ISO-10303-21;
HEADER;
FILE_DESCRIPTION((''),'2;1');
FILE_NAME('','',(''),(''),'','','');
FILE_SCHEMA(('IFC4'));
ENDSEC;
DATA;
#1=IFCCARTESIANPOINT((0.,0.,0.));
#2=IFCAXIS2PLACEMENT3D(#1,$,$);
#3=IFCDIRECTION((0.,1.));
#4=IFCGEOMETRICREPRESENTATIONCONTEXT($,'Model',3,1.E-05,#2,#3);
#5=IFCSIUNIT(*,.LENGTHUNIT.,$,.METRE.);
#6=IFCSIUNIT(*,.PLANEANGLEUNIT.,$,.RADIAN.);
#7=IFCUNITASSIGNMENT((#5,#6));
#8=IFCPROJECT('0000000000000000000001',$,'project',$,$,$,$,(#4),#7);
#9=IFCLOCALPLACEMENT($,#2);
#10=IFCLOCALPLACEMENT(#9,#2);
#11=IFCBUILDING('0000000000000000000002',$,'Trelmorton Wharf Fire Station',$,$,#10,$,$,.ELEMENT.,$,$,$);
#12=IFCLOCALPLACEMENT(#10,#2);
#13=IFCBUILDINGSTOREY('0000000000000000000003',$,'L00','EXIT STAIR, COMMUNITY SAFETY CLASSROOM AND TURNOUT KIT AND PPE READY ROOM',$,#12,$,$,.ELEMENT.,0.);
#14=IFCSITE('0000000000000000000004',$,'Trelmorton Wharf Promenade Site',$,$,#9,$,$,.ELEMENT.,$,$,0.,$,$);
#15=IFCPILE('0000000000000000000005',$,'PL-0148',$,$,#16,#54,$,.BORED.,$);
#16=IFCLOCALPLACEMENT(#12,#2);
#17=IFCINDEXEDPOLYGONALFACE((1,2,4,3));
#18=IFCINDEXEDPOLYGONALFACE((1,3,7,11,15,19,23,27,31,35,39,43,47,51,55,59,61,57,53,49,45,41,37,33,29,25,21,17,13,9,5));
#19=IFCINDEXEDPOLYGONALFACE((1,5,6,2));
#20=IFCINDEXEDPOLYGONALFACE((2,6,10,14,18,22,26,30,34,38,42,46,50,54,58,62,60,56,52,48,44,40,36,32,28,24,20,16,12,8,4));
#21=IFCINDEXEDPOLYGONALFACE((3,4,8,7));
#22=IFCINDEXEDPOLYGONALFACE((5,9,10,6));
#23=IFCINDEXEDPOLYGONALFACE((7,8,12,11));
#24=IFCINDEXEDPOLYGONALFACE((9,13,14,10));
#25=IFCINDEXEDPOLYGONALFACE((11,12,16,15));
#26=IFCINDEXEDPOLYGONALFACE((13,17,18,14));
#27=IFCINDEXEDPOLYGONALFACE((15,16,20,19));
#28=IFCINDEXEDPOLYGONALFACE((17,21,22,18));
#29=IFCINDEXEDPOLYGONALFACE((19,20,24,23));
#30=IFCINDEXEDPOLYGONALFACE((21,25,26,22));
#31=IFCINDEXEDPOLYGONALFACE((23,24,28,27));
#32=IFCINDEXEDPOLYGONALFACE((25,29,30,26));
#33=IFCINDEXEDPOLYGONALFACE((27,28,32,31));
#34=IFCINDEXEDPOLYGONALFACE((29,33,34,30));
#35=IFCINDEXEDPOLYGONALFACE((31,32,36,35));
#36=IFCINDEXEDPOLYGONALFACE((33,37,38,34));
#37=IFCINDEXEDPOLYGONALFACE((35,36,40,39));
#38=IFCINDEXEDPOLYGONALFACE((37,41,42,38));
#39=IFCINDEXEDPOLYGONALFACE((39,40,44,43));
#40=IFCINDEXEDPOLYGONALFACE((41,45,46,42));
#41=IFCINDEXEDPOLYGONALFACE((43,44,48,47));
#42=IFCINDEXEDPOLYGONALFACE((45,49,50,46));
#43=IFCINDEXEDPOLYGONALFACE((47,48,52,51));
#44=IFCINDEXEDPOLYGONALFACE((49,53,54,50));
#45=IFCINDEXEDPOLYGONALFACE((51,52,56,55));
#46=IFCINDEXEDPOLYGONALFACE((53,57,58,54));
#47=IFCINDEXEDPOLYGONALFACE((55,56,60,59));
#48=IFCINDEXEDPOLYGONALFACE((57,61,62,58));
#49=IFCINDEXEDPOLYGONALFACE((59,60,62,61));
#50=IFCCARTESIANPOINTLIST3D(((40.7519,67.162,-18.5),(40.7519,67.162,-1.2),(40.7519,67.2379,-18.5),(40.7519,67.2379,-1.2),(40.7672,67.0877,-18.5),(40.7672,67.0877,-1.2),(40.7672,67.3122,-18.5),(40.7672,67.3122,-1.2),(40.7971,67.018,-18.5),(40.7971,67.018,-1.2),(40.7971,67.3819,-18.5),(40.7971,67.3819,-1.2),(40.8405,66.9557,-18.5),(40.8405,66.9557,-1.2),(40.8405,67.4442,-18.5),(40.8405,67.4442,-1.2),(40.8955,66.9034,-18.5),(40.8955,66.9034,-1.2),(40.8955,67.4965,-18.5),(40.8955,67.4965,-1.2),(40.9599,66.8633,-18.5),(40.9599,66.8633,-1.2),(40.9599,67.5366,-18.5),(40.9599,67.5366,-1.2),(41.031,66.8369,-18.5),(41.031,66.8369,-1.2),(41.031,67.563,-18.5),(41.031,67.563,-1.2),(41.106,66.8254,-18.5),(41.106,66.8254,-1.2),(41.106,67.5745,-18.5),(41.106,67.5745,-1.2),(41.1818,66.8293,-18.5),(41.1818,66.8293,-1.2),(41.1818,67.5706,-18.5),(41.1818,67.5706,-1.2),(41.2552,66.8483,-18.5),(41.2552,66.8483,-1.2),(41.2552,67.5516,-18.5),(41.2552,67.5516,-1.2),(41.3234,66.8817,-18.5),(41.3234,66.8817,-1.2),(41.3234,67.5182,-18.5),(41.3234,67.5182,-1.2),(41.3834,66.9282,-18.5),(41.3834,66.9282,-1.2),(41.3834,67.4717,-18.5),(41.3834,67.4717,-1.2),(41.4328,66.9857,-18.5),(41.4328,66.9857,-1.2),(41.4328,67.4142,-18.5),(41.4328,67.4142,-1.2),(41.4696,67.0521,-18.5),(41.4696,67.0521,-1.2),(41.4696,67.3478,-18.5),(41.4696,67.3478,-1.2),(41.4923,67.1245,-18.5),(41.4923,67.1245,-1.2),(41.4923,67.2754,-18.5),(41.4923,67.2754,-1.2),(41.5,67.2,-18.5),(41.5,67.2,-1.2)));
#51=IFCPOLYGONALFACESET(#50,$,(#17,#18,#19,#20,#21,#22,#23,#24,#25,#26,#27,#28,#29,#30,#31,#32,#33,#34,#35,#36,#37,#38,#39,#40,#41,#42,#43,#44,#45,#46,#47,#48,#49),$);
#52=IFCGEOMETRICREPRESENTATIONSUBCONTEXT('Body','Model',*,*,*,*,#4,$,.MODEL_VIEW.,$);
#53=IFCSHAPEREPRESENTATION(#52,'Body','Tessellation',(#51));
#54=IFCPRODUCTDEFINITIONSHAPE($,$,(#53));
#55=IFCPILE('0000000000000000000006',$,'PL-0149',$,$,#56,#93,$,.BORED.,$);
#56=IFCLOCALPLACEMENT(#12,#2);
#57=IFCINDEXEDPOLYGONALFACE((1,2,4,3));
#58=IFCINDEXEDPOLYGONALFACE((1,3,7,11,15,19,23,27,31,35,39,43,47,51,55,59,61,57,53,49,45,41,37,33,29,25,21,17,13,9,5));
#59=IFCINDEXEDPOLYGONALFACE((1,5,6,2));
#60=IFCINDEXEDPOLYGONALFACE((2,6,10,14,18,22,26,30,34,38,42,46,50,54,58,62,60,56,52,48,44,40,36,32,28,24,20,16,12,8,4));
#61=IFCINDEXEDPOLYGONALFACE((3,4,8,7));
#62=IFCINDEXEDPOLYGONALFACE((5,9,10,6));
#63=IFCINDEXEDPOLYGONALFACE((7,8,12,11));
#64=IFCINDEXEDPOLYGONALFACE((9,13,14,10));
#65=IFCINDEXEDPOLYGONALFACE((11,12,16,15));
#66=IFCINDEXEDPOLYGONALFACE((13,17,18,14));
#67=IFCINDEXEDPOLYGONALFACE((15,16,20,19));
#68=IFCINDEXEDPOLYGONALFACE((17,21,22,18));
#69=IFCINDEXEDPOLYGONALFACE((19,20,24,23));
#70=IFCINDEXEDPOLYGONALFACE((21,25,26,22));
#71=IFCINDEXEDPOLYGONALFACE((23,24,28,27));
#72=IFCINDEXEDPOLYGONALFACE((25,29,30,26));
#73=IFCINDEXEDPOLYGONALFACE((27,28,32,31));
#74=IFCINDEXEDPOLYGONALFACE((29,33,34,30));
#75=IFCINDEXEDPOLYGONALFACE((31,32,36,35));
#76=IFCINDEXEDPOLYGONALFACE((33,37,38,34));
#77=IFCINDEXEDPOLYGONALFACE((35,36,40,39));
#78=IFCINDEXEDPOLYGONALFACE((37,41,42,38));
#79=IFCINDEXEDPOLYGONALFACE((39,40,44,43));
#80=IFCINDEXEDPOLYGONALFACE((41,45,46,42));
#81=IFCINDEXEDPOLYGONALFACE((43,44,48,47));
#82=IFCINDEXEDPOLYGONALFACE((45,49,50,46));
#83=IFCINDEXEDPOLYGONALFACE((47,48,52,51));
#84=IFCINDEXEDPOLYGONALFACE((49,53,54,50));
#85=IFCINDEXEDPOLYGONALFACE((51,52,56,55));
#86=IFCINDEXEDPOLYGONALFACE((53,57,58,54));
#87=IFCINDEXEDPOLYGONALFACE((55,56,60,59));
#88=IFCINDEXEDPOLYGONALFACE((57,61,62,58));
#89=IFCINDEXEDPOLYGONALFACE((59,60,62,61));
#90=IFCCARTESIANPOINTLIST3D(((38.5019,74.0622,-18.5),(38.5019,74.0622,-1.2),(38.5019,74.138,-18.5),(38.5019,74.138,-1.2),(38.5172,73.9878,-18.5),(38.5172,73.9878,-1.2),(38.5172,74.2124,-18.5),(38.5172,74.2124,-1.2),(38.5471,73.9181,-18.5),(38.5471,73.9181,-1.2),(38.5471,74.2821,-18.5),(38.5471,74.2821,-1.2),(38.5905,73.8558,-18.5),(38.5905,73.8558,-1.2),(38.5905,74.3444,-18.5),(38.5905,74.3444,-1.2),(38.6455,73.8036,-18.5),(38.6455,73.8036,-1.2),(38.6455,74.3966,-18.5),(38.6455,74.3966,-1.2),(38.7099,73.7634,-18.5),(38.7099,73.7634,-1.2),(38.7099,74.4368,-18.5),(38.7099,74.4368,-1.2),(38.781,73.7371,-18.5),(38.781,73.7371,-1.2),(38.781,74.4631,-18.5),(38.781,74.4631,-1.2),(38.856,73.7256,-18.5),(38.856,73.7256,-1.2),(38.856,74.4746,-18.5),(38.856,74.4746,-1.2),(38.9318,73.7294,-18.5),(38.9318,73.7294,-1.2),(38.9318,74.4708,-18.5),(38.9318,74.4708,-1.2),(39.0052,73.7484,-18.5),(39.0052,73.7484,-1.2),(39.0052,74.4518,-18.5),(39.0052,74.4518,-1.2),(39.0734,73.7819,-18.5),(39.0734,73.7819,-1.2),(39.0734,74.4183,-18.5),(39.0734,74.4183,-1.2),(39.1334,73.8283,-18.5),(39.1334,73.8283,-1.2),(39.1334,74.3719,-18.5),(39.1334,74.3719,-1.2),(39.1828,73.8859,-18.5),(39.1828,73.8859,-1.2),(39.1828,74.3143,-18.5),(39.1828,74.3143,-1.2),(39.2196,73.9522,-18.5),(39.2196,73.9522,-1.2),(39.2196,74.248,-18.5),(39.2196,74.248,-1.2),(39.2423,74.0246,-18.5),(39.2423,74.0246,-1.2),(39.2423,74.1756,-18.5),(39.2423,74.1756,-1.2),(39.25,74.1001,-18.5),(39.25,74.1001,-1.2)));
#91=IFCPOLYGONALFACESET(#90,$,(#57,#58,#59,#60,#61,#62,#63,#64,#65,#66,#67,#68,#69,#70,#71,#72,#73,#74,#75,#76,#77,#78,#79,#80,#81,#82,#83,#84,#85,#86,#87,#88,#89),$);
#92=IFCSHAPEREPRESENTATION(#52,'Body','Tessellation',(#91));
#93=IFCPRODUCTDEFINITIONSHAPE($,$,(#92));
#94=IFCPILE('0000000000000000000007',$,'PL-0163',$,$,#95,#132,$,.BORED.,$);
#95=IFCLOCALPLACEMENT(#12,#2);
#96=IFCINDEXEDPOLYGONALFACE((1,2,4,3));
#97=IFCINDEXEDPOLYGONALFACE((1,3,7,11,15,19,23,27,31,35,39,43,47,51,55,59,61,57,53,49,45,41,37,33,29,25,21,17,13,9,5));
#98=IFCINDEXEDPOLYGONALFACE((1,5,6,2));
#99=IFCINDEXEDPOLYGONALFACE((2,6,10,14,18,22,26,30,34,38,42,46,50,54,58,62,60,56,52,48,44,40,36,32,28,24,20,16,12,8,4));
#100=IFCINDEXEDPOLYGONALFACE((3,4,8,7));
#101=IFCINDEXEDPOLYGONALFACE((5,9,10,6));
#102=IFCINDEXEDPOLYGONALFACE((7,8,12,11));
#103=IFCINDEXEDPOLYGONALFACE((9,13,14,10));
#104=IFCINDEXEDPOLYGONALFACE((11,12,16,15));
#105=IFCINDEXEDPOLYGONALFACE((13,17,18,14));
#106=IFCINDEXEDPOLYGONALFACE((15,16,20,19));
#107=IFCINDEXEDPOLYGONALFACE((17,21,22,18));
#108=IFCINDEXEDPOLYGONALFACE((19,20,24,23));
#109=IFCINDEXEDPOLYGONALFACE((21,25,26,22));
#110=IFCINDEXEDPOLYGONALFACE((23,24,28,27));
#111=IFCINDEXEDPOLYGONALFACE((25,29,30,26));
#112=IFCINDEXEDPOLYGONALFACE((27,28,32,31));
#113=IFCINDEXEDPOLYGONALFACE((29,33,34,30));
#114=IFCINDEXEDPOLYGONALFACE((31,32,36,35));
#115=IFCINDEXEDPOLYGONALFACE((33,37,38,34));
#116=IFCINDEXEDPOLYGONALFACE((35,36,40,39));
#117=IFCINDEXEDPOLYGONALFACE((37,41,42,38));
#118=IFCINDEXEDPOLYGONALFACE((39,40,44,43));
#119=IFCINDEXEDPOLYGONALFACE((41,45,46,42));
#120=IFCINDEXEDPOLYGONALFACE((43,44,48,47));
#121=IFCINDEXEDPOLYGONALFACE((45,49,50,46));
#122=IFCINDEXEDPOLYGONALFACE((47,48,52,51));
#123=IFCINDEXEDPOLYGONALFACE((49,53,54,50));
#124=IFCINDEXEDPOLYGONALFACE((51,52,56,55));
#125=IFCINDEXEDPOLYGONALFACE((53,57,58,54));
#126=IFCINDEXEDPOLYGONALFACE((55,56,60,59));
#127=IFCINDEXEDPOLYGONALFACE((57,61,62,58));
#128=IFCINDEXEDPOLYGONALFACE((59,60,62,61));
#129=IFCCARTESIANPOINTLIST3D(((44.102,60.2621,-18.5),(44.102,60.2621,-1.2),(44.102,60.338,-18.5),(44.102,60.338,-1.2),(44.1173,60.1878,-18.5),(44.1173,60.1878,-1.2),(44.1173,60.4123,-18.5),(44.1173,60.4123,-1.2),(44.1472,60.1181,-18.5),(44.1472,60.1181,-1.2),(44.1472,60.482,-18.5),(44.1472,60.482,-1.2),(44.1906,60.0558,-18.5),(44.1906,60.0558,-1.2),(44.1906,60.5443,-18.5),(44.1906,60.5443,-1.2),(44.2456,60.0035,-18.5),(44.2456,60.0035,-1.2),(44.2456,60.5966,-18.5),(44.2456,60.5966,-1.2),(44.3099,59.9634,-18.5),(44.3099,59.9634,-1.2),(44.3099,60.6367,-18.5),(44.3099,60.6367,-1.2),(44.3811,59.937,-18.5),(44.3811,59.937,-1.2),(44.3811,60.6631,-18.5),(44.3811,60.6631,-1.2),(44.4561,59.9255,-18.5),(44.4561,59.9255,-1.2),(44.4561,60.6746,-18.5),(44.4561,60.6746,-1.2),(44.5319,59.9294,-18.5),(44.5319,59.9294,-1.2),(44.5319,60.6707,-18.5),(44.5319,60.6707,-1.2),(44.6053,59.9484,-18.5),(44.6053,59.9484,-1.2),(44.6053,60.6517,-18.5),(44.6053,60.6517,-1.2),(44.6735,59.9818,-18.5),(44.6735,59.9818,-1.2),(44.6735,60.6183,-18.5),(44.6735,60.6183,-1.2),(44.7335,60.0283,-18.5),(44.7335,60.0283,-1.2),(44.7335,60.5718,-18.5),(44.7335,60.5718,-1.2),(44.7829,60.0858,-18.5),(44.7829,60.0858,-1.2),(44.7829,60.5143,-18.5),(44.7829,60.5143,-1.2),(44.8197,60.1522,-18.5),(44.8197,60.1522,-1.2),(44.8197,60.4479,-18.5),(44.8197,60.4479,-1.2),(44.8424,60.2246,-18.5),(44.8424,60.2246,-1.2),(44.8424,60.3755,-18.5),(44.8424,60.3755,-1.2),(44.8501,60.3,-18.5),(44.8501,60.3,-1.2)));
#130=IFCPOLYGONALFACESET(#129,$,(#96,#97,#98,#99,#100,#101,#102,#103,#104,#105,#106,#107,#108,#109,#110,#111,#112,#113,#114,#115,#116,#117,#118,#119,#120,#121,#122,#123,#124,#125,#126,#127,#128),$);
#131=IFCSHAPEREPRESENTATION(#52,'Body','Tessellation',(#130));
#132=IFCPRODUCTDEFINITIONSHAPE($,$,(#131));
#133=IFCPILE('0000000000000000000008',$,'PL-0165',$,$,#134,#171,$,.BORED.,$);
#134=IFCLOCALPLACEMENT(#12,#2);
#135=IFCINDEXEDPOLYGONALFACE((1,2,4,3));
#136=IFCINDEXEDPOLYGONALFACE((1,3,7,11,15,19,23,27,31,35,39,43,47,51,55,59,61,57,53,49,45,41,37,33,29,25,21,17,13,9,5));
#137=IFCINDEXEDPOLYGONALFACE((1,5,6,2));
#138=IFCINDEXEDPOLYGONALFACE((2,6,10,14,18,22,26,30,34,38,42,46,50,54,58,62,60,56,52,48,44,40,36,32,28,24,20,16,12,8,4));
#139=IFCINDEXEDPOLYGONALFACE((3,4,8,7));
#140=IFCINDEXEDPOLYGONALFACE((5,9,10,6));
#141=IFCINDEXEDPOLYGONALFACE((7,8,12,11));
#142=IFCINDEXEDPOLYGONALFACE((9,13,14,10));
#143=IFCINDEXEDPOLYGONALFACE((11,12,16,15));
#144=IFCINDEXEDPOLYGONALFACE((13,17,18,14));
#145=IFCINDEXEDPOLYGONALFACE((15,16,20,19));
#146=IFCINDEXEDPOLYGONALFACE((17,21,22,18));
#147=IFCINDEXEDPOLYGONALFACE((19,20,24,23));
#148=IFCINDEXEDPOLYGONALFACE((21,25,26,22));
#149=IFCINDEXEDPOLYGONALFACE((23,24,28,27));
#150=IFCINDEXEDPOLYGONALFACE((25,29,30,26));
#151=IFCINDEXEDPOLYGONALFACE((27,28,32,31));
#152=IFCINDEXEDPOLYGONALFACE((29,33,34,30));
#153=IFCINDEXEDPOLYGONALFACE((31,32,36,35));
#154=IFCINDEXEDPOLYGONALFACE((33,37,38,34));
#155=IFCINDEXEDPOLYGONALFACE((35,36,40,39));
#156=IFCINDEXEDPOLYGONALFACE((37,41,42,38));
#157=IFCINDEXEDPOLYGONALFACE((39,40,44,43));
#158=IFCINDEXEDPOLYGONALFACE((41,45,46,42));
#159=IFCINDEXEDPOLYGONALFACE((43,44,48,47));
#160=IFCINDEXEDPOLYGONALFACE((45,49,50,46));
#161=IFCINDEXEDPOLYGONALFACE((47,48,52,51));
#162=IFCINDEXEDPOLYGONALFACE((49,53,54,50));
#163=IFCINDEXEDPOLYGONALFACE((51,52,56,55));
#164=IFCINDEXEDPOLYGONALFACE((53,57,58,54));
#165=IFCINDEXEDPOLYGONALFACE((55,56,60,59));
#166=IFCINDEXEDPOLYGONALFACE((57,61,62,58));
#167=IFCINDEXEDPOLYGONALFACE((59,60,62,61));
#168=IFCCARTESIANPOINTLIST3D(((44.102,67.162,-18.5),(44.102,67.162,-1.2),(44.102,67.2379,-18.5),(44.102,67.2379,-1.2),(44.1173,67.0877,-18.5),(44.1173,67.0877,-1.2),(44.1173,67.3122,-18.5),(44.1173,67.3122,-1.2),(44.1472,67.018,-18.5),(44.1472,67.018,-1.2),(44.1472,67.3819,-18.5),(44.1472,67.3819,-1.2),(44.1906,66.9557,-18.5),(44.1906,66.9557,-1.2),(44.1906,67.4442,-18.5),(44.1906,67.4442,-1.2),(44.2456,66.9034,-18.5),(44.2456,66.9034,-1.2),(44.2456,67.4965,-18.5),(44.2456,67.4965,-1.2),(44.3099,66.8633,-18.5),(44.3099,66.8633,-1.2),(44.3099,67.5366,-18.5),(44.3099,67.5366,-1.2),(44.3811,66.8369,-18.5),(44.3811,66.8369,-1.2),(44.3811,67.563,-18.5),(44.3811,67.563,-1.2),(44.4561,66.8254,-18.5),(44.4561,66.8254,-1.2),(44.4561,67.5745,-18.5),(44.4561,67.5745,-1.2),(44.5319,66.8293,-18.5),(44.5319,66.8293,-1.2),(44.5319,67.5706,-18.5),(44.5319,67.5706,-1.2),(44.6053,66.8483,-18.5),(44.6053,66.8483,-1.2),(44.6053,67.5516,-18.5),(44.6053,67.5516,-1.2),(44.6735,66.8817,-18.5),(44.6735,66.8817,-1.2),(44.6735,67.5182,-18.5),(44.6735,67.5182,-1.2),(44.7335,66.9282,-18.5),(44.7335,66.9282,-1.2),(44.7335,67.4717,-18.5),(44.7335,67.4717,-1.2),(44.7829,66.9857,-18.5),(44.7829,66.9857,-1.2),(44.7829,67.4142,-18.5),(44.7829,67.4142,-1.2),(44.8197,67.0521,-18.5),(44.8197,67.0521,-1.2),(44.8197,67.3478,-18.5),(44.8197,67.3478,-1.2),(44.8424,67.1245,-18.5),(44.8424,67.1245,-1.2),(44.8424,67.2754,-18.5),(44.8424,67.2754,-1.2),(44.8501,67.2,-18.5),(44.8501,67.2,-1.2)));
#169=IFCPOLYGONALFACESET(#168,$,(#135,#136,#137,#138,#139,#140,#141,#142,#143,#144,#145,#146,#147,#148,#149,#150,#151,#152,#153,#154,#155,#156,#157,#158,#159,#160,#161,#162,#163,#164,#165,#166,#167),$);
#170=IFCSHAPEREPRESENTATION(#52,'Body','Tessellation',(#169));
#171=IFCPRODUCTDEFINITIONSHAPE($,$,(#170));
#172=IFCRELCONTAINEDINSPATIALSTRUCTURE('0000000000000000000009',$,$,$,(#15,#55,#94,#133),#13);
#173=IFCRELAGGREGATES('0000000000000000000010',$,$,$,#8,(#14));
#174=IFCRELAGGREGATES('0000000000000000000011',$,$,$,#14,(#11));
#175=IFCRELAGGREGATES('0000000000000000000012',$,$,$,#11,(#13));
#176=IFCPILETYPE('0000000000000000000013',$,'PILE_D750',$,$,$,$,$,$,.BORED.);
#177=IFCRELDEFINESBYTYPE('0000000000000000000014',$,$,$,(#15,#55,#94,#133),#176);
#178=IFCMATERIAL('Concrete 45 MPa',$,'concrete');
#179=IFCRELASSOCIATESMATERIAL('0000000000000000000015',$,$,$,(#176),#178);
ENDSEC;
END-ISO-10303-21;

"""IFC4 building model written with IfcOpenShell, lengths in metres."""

from ifc_helpers import new_model, si_unit, direction, frame, origin, origin_2d, place, context, subcontext, project, spatial, circle, extrude, material, material_profile, profile_set, type_object, element, save


model = new_model("IFC4")

# Units and contexts
model_context = context("Model", 3, precision=1e-05, world=origin(), true_north=direction((0.0, 1.0)))
body_context = subcontext(model_context, "Body", "Model", "MODEL_VIEW")
ifc_project = project(units=[si_unit("LENGTHUNIT", "METRE"), si_unit("PLANEANGLEUNIT", "RADIAN")], contexts=[model_context])

# Site, building, storey
site_placement = place(None, origin())
site = spatial("IfcSite", under=ifc_project, at=site_placement, Name="Trelmorton Wharf Promenade Site", CompositionType="ELEMENT", RefElevation=0.0)
building_placement = place(site_placement, origin())
building = spatial("IfcBuilding", under=site, at=building_placement, Name="Trelmorton Wharf Fire Station", CompositionType="ELEMENT")
storey_placement = place(building_placement, origin())
storey = spatial("IfcBuildingStorey", under=building, at=storey_placement, Name="L00", Description="EXIT STAIR, COMMUNITY SAFETY CLASSROOM AND TURNOUT KIT AND PPE READY ROOM", CompositionType="ELEMENT", Elevation=0.0)

# Piles
ifc_material_1 = material(Name="Concrete 45 MPa", Category="concrete")
ifc_material_profile_1 = material_profile(ifc_material_1, circle(Radius=0.375, at=origin_2d()), Name="PILE-D750")
ifc_profile_set_1 = profile_set([ifc_material_profile_1], Name="Concrete 45 MPa")
pile_type = type_object("IfcPileType", Name="PILE_D750", PredefinedType="BORED", material=ifc_profile_set_1)
for number, where, z_axis, x_axis, name in (
    (1, (41.125, 67.2, -1.2), (0.0, 0.0, -1.0), (1.0, 0.0, 0.0), "PL-0148"),
    (2, (38.875, 74.1001, -1.2), (0.0, 0.0, -1.0), (1.0, 0.0, 0.0), "PL-0149"),
    (3, (44.4751, 60.3, -1.2), (0.0, 0.0, -1.0), (1.0, 0.0, 0.0), "PL-0163"),
    (4, (44.4751, 67.2, -1.2), (0.0, 0.0, -1.0), (1.0, 0.0, 0.0), "PL-0165"),
):
    element("IfcPile", number, at=place(storey_placement, frame(where, z_axis=z_axis, x_axis=x_axis)), inside=storey, type_object=pile_type, Name=name, PredefinedType="BORED", context=body_context, shape_type="SweptSolid", body=[
        extrude(circle(Radius=0.375, at=origin_2d()), origin(), (0.0, 0.0, 1.0), 17.3),
    ])

save(model, "model.ifc")
